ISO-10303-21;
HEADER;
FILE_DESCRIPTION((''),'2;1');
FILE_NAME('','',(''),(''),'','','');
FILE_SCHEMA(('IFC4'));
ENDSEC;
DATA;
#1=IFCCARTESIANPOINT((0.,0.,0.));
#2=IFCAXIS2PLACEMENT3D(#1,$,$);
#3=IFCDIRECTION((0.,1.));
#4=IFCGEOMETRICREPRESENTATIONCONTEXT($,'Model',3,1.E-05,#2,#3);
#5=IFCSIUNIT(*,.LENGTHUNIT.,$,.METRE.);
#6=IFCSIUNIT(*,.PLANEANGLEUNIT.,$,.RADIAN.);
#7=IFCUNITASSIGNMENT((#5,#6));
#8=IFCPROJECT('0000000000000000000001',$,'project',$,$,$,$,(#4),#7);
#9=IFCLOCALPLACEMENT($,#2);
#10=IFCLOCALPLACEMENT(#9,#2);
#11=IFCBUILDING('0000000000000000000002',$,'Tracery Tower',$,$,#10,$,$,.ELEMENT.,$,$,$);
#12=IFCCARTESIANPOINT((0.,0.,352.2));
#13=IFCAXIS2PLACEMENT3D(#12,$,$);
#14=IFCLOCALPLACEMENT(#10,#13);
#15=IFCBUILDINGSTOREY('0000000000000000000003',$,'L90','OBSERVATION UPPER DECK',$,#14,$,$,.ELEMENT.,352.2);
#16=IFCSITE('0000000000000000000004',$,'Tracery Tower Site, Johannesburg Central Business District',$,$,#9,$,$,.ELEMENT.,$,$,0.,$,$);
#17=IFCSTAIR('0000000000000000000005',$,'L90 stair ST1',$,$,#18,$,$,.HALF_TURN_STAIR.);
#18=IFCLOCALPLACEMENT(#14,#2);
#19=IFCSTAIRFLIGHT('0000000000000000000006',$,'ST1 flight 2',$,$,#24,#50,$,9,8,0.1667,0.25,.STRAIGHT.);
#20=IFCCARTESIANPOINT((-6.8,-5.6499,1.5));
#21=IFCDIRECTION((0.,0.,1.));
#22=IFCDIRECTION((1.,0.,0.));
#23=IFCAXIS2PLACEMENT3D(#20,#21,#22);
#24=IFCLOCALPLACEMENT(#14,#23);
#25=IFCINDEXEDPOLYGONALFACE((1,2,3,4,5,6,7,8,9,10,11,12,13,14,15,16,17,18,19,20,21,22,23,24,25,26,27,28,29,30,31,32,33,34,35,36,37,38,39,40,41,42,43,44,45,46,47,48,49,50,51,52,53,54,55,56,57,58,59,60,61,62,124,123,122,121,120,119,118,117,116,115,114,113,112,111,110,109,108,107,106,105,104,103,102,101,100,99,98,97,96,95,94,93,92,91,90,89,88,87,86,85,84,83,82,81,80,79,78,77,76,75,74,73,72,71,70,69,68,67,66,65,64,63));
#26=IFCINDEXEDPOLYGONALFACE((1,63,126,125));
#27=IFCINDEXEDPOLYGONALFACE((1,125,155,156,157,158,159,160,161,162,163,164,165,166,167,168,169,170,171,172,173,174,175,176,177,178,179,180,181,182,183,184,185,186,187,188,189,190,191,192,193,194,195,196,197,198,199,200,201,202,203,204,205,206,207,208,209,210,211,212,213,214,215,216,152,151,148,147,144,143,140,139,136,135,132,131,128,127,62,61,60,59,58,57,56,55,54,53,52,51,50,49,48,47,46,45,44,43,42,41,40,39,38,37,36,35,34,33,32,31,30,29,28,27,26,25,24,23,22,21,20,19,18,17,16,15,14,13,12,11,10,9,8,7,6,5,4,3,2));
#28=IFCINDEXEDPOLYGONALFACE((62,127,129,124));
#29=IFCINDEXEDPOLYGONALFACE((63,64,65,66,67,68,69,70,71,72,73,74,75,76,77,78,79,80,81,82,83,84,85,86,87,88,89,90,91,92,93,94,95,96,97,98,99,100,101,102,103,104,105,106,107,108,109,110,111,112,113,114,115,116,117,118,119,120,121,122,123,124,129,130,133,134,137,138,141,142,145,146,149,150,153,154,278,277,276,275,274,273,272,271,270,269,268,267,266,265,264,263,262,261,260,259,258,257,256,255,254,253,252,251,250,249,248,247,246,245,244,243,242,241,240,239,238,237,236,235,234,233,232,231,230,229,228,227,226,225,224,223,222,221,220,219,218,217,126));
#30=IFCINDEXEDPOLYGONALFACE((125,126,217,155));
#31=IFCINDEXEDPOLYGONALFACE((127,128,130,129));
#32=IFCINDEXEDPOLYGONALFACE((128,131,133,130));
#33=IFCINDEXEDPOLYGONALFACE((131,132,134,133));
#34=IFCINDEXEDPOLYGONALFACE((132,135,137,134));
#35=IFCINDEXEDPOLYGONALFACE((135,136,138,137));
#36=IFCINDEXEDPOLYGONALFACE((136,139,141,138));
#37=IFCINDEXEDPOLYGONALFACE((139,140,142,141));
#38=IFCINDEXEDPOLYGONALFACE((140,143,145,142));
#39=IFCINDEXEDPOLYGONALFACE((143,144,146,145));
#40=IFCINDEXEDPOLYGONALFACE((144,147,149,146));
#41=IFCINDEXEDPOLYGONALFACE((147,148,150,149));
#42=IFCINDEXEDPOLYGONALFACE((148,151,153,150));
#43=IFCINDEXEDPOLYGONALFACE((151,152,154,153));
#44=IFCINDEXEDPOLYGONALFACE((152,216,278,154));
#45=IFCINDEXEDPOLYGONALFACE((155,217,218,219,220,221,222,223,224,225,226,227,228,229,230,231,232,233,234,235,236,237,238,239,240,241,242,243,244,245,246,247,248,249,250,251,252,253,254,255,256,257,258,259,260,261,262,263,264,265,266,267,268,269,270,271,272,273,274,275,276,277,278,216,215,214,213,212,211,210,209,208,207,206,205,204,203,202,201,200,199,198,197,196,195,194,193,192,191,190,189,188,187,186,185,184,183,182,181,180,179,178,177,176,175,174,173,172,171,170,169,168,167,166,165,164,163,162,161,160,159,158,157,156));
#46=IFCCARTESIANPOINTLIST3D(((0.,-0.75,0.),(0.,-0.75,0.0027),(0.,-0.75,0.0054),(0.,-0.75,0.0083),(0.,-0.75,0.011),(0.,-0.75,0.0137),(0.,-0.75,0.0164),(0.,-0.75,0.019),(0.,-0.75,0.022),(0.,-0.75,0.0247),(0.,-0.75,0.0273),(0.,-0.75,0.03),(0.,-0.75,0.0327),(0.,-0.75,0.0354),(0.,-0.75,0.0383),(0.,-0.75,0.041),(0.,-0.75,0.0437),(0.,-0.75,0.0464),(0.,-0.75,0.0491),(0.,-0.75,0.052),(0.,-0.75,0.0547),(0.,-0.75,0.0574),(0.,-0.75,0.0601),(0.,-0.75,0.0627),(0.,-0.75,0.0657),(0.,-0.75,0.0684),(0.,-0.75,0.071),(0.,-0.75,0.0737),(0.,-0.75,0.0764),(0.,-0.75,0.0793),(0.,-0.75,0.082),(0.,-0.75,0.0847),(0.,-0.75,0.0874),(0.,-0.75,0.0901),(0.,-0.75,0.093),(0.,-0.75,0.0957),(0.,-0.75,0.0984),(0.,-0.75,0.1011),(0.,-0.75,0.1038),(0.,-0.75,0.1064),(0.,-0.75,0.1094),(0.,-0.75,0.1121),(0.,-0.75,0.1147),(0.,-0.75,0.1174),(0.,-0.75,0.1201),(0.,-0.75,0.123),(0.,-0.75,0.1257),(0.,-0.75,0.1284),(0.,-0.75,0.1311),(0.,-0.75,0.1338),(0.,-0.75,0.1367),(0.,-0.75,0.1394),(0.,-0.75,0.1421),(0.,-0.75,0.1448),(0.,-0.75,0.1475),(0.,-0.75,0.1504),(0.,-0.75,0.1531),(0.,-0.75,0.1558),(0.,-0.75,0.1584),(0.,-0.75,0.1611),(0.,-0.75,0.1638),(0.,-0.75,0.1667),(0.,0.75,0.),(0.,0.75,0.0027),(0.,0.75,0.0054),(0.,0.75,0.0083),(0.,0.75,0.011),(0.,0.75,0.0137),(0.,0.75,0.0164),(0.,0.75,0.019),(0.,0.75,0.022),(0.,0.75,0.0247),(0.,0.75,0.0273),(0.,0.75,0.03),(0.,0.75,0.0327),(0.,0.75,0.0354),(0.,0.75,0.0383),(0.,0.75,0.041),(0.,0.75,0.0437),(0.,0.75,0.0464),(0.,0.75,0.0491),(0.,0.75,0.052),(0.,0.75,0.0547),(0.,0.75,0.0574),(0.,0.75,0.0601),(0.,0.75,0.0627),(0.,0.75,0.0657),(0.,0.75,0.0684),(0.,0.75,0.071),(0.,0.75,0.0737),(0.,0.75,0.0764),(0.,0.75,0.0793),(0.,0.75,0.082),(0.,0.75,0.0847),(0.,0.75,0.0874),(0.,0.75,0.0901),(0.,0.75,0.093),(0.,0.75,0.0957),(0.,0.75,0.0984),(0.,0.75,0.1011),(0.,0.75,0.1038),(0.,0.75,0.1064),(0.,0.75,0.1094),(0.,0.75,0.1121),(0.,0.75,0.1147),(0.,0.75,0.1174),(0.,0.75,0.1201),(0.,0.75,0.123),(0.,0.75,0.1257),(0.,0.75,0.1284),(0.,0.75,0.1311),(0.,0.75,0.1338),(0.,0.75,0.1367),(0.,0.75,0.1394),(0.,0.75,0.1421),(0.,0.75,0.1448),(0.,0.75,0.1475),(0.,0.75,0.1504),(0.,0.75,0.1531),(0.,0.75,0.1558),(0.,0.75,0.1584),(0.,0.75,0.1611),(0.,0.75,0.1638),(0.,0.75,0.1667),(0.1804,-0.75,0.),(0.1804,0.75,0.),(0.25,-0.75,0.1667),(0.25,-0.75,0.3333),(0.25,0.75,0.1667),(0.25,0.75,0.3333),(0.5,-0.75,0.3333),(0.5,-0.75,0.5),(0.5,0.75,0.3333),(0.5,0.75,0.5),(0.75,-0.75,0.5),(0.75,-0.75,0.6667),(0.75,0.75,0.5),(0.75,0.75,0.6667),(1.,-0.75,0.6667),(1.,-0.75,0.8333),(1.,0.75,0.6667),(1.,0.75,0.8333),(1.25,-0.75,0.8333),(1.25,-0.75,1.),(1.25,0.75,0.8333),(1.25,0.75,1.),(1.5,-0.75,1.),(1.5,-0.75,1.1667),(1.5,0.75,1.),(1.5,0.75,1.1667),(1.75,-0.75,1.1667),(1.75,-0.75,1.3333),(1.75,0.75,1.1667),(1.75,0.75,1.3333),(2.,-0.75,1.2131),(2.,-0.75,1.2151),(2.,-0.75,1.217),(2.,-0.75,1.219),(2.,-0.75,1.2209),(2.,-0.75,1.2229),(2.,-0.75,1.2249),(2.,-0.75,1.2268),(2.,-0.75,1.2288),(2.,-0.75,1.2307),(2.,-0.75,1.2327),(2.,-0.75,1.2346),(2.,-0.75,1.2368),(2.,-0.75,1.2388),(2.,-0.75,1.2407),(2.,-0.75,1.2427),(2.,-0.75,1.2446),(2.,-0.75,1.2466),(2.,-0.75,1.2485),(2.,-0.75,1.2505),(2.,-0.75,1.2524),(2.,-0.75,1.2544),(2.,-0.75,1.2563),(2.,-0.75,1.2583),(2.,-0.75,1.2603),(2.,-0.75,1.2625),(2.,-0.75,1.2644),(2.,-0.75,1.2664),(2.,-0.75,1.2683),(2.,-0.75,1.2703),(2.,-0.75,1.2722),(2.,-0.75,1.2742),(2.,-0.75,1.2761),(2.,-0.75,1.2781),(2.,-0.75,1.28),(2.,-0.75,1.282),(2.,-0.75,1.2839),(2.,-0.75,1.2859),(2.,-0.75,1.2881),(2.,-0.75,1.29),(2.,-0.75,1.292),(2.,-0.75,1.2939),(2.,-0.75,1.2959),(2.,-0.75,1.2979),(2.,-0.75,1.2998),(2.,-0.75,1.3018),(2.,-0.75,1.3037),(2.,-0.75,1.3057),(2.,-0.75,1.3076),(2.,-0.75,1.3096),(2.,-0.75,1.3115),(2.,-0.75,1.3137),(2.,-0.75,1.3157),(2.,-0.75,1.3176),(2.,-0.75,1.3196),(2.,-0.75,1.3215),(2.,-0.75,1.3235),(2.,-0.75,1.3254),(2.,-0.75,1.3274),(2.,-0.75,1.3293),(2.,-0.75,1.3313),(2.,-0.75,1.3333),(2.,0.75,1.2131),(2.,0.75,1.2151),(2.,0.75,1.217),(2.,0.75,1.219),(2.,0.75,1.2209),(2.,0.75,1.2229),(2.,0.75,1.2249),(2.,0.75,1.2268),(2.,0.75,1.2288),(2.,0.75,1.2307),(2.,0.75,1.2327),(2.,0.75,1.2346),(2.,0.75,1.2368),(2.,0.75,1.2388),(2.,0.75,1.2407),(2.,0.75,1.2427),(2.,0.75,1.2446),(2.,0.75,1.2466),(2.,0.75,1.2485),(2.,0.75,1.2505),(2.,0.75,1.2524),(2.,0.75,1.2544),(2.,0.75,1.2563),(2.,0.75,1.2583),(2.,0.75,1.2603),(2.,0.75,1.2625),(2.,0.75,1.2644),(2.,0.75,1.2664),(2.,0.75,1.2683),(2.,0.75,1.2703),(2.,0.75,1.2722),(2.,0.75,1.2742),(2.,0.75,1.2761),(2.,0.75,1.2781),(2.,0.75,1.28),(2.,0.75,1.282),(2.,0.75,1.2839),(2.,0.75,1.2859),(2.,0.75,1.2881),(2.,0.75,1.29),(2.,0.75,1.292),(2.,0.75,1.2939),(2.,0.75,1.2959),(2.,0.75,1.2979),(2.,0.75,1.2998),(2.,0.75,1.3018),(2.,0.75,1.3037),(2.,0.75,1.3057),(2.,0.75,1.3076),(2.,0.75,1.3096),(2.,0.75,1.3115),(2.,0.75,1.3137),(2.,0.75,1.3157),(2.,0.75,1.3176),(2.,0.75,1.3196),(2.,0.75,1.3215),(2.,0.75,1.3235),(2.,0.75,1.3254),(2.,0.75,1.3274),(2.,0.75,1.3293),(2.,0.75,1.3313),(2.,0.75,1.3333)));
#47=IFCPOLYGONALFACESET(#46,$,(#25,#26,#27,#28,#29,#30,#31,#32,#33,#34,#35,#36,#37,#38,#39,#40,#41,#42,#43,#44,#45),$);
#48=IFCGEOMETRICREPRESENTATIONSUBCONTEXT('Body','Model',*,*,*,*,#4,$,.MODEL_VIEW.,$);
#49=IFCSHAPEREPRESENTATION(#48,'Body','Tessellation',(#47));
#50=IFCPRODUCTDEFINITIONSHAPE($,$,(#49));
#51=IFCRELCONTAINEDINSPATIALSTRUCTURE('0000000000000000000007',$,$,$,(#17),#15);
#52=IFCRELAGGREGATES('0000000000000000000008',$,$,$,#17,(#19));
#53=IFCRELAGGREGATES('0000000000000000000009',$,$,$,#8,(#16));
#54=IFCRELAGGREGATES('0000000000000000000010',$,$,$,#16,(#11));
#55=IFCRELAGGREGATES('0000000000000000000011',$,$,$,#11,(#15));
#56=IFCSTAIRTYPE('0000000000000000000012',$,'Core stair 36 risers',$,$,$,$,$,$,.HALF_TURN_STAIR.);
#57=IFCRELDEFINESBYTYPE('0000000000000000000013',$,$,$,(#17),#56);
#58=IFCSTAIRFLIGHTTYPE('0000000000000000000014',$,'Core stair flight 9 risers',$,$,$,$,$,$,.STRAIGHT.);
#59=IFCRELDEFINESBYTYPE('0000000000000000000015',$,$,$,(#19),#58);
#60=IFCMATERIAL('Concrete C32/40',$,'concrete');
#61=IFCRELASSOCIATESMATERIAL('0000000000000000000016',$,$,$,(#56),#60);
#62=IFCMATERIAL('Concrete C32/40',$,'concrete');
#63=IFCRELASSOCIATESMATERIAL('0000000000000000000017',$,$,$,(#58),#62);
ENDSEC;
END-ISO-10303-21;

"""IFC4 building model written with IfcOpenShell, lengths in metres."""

from ifc_helpers import new_model, si_unit, direction, frame, origin, place, context, subcontext, project, spatial, polyline, outline, extrude, material, type_object, element, aggregate, save


model = new_model("IFC4")

# Units and contexts
model_context = context("Model", 3, precision=1e-05, world=origin(), true_north=direction((0.0, 1.0)))
body_context = subcontext(model_context, "Body", "Model", "MODEL_VIEW")
ifc_project = project(units=[si_unit("LENGTHUNIT", "METRE"), si_unit("PLANEANGLEUNIT", "RADIAN")], contexts=[model_context])

# Site, building, storey
site_placement = place(None, origin())
site = spatial("IfcSite", under=ifc_project, at=site_placement, Name="Tracery Tower Site, Johannesburg Central Business District", CompositionType="ELEMENT", RefElevation=0.0)
building_placement = place(site_placement, origin())
building = spatial("IfcBuilding", under=site, at=building_placement, Name="Tracery Tower", CompositionType="ELEMENT")
storey_placement = place(building_placement, frame((0.0, 0.0, 352.2)))
storey = spatial("IfcBuildingStorey", under=building, at=storey_placement, Name="L90", Description="OBSERVATION UPPER DECK", CompositionType="ELEMENT", Elevation=352.2)

# Stair, stair flight
ifc_material_1 = material(Name="Concrete C32/40", Category="concrete")
stair_type = type_object("IfcStairType", Name="Core stair 36 risers", PredefinedType="HALF_TURN_STAIR", material=ifc_material_1)
stair_placement = place(storey_placement, origin())
stair = element("IfcStair", 1, at=stair_placement, inside=storey, type_object=stair_type, Name="L90 stair ST1", PredefinedType="HALF_TURN_STAIR")
ifc_material_2 = material(Name="Concrete C32/40", Category="concrete")
stair_flight_type = type_object("IfcStairFlightType", Name="Core stair flight 9 risers", PredefinedType="STRAIGHT", material=ifc_material_2)
stair_flight_1_placement = place(storey_placement, frame((-6.8, -5.6499, 1.5), z_axis=(0.0, 0.0, 1.0), x_axis=(1.0, 0.0, 0.0)))
stair_flight_1 = element("IfcStairFlight", 2, at=stair_flight_1_placement, type_object=stair_flight_type, Name="ST1 flight 2", NumberOfRisers=9, NumberOfTreads=8, PredefinedType="STRAIGHT", RiserHeight=0.1667, TreadLength=0.25, context=body_context, shape_type="SweptSolid", body=[
    extrude(outline(polyline([(0.0, 0.0), (0.0, 0.0027), (0.0, 0.0054), (0.0, 0.0083), (0.0, 0.011), (0.0, 0.0137), (0.0, 0.0164), (0.0, 0.019), (0.0, 0.022), (0.0, 0.0247), (0.0, 0.0273), (0.0, 0.03), (0.0, 0.0327), (0.0, 0.0354), (0.0, 0.0383), (0.0, 0.041), (0.0, 0.0437), (0.0, 0.0464), (0.0, 0.0491), (0.0, 0.052), (0.0, 0.0547), (0.0, 0.0574), (0.0, 0.0601), (0.0, 0.0627), (0.0, 0.0657), (0.0, 0.0684), (0.0, 0.071), (0.0, 0.0737), (0.0, 0.0764), (0.0, 0.0793), (0.0, 0.082), (0.0, 0.0847), (0.0, 0.0874), (0.0, 0.0901), (0.0, 0.093), (0.0, 0.0957), (0.0, 0.0984), (0.0, 0.1011), (0.0, 0.1038), (0.0, 0.1064), (0.0, 0.1094), (0.0, 0.1121), (0.0, 0.1147), (0.0, 0.1174), (0.0, 0.1201), (0.0, 0.123), (0.0, 0.1257), (0.0, 0.1284), (0.0, 0.1311), (0.0, 0.1338), (0.0, 0.1367), (0.0, 0.1394), (0.0, 0.1421), (0.0, 0.1448), (0.0, 0.1475), (0.0, 0.1504), (0.0, 0.1531), (0.0, 0.1558), (0.0, 0.1584), (0.0, 0.1611), (0.0, 0.1638), (0.0, 0.1667), (0.25, 0.1667), (0.25, 0.3333), (0.5, 0.3333), (0.5, 0.5), (0.75, 0.5), (0.75, 0.6667), (1.0, 0.6667), (1.0, 0.8333), (1.25, 0.8333), (1.25, 1.0), (1.5, 1.0), (1.5, 1.1667), (1.75, 1.1667), (1.75, 1.3333), (2.0, 1.3333), (2.0, 1.3313), (2.0, 1.3293), (2.0, 1.3274), (2.0, 1.3254), (2.0, 1.3235), (2.0, 1.3215), (2.0, 1.3196), (2.0, 1.3176), (2.0, 1.3157), (2.0, 1.3137), (2.0, 1.3115), (2.0, 1.3096), (2.0, 1.3076), (2.0, 1.3057), (2.0, 1.3037), (2.0, 1.3018), (2.0, 1.2998), (2.0, 1.2979), (2.0, 1.2959), (2.0, 1.2939), (2.0, 1.292), (2.0, 1.29), (2.0, 1.2881), (2.0, 1.2859), (2.0, 1.2839), (2.0, 1.282), (2.0, 1.28), (2.0, 1.2781), (2.0, 1.2761), (2.0, 1.2742), (2.0, 1.2722), (2.0, 1.2703), (2.0, 1.2683), (2.0, 1.2664), (2.0, 1.2644), (2.0, 1.2625), (2.0, 1.2603), (2.0, 1.2583), (2.0, 1.2563), (2.0, 1.2544), (2.0, 1.2524), (2.0, 1.2505), (2.0, 1.2485), (2.0, 1.2466), (2.0, 1.2446), (2.0, 1.2427), (2.0, 1.2407), (2.0, 1.2388), (2.0, 1.2368), (2.0, 1.2346), (2.0, 1.2327), (2.0, 1.2307), (2.0, 1.2288), (2.0, 1.2268), (2.0, 1.2249), (2.0, 1.2229), (2.0, 1.2209), (2.0, 1.219), (2.0, 1.217), (2.0, 1.2151), (2.0, 1.2131), (0.1804, 0.0), (0.0, 0.0)])), frame((0.0, 0.75, 0.0), z_axis=(0.0, -1.0, 0.0), x_axis=(1.0, 0.0, 0.0)), (0.0, 0.0, 1.0), 1.5),
])
aggregate(stair, [stair_flight_1])

save(model, "model.ifc")
